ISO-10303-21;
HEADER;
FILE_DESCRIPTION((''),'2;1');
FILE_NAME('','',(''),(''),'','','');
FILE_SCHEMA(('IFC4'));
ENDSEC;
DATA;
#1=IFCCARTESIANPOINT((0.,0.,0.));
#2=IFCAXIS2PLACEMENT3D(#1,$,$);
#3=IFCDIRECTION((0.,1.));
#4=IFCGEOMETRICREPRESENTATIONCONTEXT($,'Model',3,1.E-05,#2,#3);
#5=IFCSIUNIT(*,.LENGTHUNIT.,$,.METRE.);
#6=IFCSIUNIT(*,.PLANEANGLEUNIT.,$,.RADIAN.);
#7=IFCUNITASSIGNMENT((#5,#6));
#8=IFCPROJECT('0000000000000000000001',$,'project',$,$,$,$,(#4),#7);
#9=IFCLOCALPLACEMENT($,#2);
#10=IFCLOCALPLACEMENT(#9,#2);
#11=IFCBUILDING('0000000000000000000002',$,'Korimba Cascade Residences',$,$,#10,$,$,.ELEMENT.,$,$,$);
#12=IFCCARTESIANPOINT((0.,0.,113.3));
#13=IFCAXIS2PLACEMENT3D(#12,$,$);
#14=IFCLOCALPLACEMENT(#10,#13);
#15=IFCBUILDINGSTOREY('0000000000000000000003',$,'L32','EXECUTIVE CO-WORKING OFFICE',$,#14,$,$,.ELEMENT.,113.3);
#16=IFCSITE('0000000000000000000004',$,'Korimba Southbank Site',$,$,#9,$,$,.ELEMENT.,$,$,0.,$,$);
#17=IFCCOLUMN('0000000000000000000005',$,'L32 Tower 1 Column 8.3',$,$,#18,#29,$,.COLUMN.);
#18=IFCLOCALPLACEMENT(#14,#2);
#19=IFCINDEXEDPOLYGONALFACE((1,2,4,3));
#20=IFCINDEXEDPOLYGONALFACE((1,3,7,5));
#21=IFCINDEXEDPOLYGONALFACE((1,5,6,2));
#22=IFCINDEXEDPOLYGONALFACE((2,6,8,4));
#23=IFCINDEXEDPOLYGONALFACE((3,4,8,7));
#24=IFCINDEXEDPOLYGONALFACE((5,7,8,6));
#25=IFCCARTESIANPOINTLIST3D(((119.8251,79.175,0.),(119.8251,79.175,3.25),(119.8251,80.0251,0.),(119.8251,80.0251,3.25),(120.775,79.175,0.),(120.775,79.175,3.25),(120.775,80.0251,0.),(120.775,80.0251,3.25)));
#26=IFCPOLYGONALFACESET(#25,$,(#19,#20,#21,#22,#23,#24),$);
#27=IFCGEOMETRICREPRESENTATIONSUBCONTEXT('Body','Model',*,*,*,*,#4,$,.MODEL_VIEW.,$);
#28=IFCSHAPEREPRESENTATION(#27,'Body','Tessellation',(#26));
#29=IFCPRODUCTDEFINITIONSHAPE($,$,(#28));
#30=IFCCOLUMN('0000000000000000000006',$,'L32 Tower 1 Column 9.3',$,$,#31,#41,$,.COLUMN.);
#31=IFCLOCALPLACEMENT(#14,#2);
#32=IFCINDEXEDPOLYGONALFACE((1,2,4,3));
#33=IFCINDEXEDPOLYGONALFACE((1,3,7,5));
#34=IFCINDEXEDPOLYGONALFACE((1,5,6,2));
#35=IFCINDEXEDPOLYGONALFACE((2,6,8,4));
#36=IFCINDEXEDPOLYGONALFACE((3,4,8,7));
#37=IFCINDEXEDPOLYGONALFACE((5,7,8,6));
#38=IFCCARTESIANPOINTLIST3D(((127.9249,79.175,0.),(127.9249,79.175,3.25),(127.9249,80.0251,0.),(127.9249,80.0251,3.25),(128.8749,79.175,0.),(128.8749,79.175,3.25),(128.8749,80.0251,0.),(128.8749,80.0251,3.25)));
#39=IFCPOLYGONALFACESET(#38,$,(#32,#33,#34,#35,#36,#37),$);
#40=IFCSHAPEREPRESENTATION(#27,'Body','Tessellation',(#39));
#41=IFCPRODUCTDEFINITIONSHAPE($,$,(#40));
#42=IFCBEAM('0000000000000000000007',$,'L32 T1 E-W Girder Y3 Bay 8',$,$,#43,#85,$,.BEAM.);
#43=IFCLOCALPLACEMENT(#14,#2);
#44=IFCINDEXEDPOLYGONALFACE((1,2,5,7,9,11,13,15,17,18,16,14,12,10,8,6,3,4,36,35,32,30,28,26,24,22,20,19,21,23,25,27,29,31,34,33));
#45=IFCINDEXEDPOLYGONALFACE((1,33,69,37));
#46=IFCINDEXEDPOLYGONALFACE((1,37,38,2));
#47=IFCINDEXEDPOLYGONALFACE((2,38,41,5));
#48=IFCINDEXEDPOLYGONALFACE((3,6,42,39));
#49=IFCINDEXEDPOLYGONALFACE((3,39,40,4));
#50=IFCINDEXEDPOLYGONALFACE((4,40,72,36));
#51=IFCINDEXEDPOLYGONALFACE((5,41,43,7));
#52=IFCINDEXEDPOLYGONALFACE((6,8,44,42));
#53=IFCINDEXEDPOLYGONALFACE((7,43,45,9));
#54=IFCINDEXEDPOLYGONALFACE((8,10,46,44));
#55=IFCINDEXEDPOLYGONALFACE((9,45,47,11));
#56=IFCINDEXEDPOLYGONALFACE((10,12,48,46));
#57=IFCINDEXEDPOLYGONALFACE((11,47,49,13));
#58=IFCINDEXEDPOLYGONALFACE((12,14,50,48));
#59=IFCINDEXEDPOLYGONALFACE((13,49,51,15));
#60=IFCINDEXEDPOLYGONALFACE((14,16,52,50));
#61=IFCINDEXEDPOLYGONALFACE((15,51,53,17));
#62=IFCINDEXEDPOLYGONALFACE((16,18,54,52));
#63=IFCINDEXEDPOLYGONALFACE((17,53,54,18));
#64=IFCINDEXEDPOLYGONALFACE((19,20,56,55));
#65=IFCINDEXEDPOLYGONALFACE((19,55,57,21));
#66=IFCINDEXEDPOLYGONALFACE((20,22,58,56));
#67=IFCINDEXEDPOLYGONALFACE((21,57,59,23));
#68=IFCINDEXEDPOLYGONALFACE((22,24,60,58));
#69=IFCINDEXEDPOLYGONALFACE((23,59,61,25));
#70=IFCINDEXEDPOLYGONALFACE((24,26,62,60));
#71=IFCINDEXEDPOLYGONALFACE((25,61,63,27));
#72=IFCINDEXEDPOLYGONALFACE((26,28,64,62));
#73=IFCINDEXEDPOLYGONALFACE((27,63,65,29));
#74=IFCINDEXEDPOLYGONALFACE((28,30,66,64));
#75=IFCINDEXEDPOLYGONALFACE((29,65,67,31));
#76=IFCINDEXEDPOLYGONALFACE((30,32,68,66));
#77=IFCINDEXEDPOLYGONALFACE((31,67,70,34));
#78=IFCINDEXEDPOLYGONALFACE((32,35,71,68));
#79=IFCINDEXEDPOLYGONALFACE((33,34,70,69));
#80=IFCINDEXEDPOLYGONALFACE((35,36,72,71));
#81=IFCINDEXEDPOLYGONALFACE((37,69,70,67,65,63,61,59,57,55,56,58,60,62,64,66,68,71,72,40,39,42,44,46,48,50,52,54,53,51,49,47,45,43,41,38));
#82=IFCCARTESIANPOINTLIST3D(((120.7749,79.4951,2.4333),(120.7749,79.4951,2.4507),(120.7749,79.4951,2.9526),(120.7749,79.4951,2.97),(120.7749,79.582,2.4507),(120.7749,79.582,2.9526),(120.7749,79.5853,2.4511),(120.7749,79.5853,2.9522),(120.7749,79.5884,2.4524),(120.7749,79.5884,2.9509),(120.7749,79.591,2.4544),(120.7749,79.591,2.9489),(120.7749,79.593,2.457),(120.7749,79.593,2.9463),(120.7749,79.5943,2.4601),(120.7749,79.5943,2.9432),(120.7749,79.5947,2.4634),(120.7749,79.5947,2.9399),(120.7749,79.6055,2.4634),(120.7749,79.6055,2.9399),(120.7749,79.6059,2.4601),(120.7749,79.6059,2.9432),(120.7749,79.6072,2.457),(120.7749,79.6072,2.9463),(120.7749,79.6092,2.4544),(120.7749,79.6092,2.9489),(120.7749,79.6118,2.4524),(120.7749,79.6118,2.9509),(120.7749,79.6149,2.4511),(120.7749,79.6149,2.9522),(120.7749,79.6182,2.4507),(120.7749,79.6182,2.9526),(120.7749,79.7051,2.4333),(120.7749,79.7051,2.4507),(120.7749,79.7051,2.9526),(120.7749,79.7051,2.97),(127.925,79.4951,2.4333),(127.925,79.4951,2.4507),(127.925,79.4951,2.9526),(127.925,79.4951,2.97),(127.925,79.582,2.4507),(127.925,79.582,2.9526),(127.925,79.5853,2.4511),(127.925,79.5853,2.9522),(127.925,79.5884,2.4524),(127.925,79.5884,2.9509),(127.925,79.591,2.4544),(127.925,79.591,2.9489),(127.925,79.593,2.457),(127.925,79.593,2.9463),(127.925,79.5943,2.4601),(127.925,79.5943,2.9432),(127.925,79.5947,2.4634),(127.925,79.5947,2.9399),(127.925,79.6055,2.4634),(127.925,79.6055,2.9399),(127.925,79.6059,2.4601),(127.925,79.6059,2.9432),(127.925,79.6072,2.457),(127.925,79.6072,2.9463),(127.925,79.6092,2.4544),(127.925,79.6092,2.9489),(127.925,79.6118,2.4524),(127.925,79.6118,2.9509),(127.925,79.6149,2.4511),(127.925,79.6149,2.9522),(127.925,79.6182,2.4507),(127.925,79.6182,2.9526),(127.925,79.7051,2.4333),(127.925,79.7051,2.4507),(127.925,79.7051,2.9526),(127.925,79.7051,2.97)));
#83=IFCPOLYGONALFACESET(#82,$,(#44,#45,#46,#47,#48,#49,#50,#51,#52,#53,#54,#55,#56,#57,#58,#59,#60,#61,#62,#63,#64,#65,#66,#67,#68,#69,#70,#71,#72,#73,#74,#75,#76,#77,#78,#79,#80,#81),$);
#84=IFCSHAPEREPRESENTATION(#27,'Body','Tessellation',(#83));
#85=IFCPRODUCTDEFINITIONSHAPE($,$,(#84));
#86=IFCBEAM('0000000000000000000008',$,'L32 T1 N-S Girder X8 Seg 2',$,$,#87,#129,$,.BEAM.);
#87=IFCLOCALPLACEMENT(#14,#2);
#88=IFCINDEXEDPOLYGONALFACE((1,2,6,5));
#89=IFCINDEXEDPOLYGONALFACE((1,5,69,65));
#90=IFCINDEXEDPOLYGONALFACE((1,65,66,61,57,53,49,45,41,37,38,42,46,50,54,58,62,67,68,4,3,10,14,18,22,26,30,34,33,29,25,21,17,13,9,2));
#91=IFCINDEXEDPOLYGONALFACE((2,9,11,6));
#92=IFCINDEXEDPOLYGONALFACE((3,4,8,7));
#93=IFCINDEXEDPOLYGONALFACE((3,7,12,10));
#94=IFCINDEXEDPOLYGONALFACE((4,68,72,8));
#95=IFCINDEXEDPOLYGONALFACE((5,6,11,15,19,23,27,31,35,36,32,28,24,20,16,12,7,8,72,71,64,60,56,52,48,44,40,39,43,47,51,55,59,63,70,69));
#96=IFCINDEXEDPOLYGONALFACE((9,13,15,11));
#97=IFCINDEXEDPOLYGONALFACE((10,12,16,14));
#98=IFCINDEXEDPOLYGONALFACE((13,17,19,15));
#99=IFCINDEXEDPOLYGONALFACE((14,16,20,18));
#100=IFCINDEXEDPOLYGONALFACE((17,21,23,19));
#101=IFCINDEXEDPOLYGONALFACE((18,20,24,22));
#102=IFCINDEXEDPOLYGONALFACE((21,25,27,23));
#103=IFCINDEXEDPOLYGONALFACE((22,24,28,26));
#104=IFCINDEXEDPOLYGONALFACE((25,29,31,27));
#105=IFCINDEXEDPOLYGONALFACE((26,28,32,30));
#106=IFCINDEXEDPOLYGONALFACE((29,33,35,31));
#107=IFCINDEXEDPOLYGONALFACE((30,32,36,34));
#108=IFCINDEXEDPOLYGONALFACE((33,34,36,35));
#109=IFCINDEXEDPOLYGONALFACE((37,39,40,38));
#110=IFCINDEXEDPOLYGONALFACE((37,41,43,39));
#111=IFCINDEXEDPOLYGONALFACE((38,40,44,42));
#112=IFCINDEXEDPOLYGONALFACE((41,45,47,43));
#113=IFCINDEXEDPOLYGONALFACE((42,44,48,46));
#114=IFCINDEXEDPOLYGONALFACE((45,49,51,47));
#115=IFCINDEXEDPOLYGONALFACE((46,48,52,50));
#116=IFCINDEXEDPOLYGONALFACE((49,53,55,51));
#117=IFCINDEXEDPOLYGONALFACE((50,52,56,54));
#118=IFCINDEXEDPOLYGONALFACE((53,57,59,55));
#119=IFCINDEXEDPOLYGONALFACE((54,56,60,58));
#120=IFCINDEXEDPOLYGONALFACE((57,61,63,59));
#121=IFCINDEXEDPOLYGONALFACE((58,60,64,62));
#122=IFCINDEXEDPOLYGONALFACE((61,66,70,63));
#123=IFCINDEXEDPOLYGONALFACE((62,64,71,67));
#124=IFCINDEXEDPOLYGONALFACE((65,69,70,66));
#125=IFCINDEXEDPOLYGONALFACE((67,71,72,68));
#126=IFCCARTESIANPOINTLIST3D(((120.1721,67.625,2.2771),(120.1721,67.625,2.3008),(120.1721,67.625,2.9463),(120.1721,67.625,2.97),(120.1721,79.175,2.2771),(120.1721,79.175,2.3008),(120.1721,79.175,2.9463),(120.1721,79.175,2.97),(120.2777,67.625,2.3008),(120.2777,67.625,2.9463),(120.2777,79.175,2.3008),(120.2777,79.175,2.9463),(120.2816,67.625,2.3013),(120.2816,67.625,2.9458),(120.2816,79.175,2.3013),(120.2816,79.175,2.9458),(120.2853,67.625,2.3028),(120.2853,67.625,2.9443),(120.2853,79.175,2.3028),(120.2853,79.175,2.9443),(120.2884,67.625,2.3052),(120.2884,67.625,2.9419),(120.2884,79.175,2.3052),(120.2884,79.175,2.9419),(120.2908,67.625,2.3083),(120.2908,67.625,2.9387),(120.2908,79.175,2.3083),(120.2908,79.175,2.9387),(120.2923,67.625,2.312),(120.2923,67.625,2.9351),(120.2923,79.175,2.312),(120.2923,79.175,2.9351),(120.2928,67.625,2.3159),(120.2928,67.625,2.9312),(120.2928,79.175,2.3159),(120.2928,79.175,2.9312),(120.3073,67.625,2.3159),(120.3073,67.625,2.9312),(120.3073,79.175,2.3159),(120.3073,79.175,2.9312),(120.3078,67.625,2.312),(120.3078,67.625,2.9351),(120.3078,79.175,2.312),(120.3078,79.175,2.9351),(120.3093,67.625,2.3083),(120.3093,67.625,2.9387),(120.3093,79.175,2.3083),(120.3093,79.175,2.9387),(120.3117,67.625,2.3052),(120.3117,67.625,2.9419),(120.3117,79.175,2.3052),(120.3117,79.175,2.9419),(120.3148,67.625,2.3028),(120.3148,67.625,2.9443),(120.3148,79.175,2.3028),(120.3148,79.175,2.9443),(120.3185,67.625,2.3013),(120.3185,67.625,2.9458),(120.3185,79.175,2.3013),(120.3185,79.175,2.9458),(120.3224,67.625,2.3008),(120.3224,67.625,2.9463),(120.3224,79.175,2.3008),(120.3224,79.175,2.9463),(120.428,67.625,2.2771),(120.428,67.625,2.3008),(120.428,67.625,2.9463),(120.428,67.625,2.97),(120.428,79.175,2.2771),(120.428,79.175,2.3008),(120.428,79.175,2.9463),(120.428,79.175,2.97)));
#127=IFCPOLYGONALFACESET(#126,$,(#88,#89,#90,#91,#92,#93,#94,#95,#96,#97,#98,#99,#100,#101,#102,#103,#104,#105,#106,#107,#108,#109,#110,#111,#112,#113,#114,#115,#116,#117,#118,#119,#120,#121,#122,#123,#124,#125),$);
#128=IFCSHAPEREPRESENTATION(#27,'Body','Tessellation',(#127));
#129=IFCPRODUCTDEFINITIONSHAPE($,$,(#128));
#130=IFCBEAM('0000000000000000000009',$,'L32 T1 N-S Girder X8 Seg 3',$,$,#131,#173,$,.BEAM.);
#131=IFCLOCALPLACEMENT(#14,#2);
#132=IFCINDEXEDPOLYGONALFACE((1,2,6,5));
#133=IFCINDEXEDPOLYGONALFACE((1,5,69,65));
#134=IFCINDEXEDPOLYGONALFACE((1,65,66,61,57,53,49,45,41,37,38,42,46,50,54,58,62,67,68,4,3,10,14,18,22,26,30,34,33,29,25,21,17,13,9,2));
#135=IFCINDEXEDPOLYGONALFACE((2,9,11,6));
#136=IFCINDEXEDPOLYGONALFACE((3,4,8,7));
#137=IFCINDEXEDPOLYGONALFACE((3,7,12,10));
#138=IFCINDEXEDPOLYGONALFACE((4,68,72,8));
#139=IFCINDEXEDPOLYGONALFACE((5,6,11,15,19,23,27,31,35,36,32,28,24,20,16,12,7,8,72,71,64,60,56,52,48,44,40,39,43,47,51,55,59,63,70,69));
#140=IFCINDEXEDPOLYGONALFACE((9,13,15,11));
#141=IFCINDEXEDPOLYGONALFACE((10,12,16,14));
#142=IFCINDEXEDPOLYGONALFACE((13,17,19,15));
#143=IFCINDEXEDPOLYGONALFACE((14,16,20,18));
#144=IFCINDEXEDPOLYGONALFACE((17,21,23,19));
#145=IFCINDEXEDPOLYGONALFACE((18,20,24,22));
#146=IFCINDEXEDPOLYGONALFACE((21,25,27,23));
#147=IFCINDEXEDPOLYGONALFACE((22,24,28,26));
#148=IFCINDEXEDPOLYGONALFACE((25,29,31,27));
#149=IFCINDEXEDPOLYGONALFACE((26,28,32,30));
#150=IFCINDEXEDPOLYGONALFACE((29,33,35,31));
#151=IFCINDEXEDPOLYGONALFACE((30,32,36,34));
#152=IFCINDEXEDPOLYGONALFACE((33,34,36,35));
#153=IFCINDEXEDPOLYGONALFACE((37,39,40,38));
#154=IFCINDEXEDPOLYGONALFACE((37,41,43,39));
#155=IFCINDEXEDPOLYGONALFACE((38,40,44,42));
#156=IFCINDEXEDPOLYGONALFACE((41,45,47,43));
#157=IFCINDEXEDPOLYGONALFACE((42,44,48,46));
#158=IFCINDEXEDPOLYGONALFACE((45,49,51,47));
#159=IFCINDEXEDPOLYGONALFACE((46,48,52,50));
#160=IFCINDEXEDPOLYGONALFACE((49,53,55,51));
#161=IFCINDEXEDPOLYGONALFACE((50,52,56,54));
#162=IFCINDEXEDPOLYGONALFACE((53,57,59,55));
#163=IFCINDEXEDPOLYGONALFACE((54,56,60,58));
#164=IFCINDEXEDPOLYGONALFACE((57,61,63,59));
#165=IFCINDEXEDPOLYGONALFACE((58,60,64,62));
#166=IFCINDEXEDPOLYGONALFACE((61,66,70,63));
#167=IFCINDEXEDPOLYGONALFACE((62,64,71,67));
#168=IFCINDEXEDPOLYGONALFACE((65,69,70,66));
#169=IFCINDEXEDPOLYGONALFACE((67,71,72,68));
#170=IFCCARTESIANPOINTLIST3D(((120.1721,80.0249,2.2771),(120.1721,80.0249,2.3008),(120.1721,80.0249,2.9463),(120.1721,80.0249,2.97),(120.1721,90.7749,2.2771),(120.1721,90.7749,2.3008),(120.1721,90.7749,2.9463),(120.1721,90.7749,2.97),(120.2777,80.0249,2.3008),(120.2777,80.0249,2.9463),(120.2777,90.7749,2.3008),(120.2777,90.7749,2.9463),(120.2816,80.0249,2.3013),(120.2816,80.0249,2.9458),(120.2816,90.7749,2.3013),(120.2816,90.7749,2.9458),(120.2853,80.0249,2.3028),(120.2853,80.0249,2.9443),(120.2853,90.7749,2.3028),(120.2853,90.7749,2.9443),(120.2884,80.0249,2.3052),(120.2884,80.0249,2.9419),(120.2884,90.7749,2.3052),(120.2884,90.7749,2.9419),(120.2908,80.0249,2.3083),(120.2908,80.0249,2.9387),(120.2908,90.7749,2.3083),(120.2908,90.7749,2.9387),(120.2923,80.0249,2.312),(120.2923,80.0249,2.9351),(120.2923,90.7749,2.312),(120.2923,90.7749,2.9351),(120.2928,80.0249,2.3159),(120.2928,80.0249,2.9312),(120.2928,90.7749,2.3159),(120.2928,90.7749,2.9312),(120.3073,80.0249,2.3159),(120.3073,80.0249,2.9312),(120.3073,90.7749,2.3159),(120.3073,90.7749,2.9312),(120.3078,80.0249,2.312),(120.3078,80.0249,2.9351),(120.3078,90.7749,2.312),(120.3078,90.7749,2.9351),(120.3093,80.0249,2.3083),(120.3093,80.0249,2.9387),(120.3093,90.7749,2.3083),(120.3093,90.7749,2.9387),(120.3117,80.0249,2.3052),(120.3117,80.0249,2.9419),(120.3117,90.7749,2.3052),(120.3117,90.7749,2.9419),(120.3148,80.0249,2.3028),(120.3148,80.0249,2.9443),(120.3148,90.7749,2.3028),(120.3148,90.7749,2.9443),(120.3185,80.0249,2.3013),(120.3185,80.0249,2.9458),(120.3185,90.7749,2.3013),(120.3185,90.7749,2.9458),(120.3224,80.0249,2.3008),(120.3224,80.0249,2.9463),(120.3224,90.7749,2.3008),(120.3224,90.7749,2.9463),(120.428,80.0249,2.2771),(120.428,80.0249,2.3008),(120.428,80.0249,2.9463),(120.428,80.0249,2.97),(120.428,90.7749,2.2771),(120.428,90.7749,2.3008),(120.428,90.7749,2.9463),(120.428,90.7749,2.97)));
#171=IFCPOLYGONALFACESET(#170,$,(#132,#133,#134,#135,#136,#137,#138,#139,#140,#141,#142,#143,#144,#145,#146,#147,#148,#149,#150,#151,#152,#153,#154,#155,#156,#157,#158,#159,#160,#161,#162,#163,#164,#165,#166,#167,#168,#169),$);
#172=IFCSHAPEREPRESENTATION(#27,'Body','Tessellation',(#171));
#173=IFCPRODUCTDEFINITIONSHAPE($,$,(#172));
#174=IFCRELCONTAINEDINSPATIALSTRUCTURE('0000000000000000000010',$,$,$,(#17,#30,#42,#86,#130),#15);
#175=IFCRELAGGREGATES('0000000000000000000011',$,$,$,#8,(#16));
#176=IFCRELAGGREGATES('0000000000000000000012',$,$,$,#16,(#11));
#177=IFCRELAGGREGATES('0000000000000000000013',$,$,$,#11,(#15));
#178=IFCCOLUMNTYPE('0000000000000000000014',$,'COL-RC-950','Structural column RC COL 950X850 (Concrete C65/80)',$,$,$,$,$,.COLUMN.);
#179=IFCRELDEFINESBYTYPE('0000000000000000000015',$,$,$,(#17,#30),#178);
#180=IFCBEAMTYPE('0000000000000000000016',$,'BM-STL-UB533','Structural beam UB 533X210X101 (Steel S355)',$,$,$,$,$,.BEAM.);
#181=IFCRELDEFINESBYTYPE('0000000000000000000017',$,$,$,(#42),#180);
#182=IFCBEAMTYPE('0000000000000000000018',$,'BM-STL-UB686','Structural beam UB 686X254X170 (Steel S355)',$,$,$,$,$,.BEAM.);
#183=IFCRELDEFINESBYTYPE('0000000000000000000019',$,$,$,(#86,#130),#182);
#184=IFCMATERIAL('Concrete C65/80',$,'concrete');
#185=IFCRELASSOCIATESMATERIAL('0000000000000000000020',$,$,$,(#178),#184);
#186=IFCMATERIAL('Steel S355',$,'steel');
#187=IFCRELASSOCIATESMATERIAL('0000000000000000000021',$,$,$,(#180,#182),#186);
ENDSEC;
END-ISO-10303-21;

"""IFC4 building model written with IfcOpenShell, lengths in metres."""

from ifc_helpers import new_model, si_unit, direction, frame, origin, origin_2d, place, context, subcontext, project, spatial, rectangle, i_section, extrude, material, material_profile, profile_set, type_object, element, save


model = new_model("IFC4")

# Units and contexts
model_context = context("Model", 3, precision=1e-05, world=origin(), true_north=direction((0.0, 1.0)))
body_context = subcontext(model_context, "Body", "Model", "MODEL_VIEW")
ifc_project = project(units=[si_unit("LENGTHUNIT", "METRE"), si_unit("PLANEANGLEUNIT", "RADIAN")], contexts=[model_context])

# Site, building, storey
site_placement = place(None, origin())
site = spatial("IfcSite", under=ifc_project, at=site_placement, Name="Korimba Southbank Site", CompositionType="ELEMENT", RefElevation=0.0)
building_placement = place(site_placement, origin())
building = spatial("IfcBuilding", under=site, at=building_placement, Name="Korimba Cascade Residences", CompositionType="ELEMENT")
storey_placement = place(building_placement, frame((0.0, 0.0, 113.3)))
storey = spatial("IfcBuildingStorey", under=building, at=storey_placement, Name="L32", Description="EXECUTIVE CO-WORKING OFFICE", CompositionType="ELEMENT", Elevation=113.3)

# Columns
ifc_material_1 = material(Name="Concrete C65/80", Category="concrete")
ifc_material_profile_1 = material_profile(ifc_material_1, rectangle(XDim=0.95, YDim=0.8501, at=origin_2d()), Name="Concrete C65/80")
ifc_profile_set_1 = profile_set([ifc_material_profile_1], Name="Concrete C65/80")
column_type = type_object("IfcColumnType", Name="COL-RC-950", Description="Structural column RC COL 950X850 (Concrete C65/80)", PredefinedType="COLUMN", material=ifc_profile_set_1)
for number, where, z_axis, x_axis, name in (
    (1, (120.3, 79.6001, 0.0), (0.0, 0.0, 1.0), (1.0, 0.0, 0.0), "L32 Tower 1 Column 8.3"),
    (2, (128.3999, 79.6001, 0.0), (0.0, 0.0, 1.0), (1.0, 0.0, 0.0), "L32 Tower 1 Column 9.3"),
):
    element("IfcColumn", number, at=place(storey_placement, frame(where, z_axis=z_axis, x_axis=x_axis)), inside=storey, type_object=column_type, Name=name, PredefinedType="COLUMN", context=body_context, shape_type="SweptSolid", body=[
        extrude(rectangle(XDim=0.95, YDim=0.8501, at=origin_2d()), origin(), (0.0, 0.0, 1.0), 3.25),
    ])

# Beams
ifc_material_2 = material(Name="Steel S355", Category="steel")
ifc_material_profile_2 = material_profile(ifc_material_2, i_section(OverallWidth=0.21, OverallDepth=0.5366, WebThickness=0.0107, FlangeThickness=0.0173, FilletRadius=0.0127, at=origin_2d()), Name="Steel S355")
ifc_profile_set_2 = profile_set([ifc_material_profile_2], Name="Steel S355")
beam_type_1 = type_object("IfcBeamType", Name="BM-STL-UB533", Description="Structural beam UB 533X210X101 (Steel S355)", PredefinedType="BEAM", material=ifc_profile_set_2)
beam_1_placement = place(storey_placement, frame((120.7749, 79.6001, 2.7017), z_axis=(1.0, 0.0, 0.0), x_axis=(0.0, 1.0, 0.0)))
element("IfcBeam", 3, at=beam_1_placement, inside=storey, type_object=beam_type_1, Name="L32 T1 E-W Girder Y3 Bay 8", PredefinedType="BEAM", context=body_context, shape_type="SweptSolid", body=[
    extrude(i_section(OverallWidth=0.21, OverallDepth=0.5366, WebThickness=0.0107, FlangeThickness=0.0173, FilletRadius=0.0127, at=origin_2d()), origin(), (0.0, 0.0, 1.0), 7.1501),
])
ifc_material_profile_3 = material_profile(ifc_material_2, i_section(OverallWidth=0.2559, OverallDepth=0.6929, WebThickness=0.0144, FlangeThickness=0.0237, FilletRadius=0.0151, at=origin_2d()), Name="Steel S355")
ifc_profile_set_3 = profile_set([ifc_material_profile_3], Name="Steel S355")
beam_type_2 = type_object("IfcBeamType", Name="BM-STL-UB686", Description="Structural beam UB 686X254X170 (Steel S355)", PredefinedType="BEAM", material=ifc_profile_set_3)
beam_2_placement = place(storey_placement, frame((120.3, 67.625, 2.6235), z_axis=(0.0, 1.0, 0.0), x_axis=(-1.0, 0.0, 0.0)))
element("IfcBeam", 4, at=beam_2_placement, inside=storey, type_object=beam_type_2, Name="L32 T1 N-S Girder X8 Seg 2", PredefinedType="BEAM", context=body_context, shape_type="SweptSolid", body=[
    extrude(i_section(OverallWidth=0.2559, OverallDepth=0.6929, WebThickness=0.0144, FlangeThickness=0.0237, FilletRadius=0.0151, at=origin_2d()), origin(), (0.0, 0.0, 1.0), 11.55),
])
beam_3_placement = place(storey_placement, frame((120.3, 80.0249, 2.6235), z_axis=(0.0, 1.0, 0.0), x_axis=(-1.0, 0.0, 0.0)))
element("IfcBeam", 5, at=beam_3_placement, inside=storey, type_object=beam_type_2, Name="L32 T1 N-S Girder X8 Seg 3", PredefinedType="BEAM", context=body_context, shape_type="SweptSolid", body=[
    extrude(i_section(OverallWidth=0.2559, OverallDepth=0.6929, WebThickness=0.0144, FlangeThickness=0.0237, FilletRadius=0.0151, at=origin_2d()), origin(), (0.0, 0.0, 1.0), 10.75),
])

save(model, "model.ifc")
